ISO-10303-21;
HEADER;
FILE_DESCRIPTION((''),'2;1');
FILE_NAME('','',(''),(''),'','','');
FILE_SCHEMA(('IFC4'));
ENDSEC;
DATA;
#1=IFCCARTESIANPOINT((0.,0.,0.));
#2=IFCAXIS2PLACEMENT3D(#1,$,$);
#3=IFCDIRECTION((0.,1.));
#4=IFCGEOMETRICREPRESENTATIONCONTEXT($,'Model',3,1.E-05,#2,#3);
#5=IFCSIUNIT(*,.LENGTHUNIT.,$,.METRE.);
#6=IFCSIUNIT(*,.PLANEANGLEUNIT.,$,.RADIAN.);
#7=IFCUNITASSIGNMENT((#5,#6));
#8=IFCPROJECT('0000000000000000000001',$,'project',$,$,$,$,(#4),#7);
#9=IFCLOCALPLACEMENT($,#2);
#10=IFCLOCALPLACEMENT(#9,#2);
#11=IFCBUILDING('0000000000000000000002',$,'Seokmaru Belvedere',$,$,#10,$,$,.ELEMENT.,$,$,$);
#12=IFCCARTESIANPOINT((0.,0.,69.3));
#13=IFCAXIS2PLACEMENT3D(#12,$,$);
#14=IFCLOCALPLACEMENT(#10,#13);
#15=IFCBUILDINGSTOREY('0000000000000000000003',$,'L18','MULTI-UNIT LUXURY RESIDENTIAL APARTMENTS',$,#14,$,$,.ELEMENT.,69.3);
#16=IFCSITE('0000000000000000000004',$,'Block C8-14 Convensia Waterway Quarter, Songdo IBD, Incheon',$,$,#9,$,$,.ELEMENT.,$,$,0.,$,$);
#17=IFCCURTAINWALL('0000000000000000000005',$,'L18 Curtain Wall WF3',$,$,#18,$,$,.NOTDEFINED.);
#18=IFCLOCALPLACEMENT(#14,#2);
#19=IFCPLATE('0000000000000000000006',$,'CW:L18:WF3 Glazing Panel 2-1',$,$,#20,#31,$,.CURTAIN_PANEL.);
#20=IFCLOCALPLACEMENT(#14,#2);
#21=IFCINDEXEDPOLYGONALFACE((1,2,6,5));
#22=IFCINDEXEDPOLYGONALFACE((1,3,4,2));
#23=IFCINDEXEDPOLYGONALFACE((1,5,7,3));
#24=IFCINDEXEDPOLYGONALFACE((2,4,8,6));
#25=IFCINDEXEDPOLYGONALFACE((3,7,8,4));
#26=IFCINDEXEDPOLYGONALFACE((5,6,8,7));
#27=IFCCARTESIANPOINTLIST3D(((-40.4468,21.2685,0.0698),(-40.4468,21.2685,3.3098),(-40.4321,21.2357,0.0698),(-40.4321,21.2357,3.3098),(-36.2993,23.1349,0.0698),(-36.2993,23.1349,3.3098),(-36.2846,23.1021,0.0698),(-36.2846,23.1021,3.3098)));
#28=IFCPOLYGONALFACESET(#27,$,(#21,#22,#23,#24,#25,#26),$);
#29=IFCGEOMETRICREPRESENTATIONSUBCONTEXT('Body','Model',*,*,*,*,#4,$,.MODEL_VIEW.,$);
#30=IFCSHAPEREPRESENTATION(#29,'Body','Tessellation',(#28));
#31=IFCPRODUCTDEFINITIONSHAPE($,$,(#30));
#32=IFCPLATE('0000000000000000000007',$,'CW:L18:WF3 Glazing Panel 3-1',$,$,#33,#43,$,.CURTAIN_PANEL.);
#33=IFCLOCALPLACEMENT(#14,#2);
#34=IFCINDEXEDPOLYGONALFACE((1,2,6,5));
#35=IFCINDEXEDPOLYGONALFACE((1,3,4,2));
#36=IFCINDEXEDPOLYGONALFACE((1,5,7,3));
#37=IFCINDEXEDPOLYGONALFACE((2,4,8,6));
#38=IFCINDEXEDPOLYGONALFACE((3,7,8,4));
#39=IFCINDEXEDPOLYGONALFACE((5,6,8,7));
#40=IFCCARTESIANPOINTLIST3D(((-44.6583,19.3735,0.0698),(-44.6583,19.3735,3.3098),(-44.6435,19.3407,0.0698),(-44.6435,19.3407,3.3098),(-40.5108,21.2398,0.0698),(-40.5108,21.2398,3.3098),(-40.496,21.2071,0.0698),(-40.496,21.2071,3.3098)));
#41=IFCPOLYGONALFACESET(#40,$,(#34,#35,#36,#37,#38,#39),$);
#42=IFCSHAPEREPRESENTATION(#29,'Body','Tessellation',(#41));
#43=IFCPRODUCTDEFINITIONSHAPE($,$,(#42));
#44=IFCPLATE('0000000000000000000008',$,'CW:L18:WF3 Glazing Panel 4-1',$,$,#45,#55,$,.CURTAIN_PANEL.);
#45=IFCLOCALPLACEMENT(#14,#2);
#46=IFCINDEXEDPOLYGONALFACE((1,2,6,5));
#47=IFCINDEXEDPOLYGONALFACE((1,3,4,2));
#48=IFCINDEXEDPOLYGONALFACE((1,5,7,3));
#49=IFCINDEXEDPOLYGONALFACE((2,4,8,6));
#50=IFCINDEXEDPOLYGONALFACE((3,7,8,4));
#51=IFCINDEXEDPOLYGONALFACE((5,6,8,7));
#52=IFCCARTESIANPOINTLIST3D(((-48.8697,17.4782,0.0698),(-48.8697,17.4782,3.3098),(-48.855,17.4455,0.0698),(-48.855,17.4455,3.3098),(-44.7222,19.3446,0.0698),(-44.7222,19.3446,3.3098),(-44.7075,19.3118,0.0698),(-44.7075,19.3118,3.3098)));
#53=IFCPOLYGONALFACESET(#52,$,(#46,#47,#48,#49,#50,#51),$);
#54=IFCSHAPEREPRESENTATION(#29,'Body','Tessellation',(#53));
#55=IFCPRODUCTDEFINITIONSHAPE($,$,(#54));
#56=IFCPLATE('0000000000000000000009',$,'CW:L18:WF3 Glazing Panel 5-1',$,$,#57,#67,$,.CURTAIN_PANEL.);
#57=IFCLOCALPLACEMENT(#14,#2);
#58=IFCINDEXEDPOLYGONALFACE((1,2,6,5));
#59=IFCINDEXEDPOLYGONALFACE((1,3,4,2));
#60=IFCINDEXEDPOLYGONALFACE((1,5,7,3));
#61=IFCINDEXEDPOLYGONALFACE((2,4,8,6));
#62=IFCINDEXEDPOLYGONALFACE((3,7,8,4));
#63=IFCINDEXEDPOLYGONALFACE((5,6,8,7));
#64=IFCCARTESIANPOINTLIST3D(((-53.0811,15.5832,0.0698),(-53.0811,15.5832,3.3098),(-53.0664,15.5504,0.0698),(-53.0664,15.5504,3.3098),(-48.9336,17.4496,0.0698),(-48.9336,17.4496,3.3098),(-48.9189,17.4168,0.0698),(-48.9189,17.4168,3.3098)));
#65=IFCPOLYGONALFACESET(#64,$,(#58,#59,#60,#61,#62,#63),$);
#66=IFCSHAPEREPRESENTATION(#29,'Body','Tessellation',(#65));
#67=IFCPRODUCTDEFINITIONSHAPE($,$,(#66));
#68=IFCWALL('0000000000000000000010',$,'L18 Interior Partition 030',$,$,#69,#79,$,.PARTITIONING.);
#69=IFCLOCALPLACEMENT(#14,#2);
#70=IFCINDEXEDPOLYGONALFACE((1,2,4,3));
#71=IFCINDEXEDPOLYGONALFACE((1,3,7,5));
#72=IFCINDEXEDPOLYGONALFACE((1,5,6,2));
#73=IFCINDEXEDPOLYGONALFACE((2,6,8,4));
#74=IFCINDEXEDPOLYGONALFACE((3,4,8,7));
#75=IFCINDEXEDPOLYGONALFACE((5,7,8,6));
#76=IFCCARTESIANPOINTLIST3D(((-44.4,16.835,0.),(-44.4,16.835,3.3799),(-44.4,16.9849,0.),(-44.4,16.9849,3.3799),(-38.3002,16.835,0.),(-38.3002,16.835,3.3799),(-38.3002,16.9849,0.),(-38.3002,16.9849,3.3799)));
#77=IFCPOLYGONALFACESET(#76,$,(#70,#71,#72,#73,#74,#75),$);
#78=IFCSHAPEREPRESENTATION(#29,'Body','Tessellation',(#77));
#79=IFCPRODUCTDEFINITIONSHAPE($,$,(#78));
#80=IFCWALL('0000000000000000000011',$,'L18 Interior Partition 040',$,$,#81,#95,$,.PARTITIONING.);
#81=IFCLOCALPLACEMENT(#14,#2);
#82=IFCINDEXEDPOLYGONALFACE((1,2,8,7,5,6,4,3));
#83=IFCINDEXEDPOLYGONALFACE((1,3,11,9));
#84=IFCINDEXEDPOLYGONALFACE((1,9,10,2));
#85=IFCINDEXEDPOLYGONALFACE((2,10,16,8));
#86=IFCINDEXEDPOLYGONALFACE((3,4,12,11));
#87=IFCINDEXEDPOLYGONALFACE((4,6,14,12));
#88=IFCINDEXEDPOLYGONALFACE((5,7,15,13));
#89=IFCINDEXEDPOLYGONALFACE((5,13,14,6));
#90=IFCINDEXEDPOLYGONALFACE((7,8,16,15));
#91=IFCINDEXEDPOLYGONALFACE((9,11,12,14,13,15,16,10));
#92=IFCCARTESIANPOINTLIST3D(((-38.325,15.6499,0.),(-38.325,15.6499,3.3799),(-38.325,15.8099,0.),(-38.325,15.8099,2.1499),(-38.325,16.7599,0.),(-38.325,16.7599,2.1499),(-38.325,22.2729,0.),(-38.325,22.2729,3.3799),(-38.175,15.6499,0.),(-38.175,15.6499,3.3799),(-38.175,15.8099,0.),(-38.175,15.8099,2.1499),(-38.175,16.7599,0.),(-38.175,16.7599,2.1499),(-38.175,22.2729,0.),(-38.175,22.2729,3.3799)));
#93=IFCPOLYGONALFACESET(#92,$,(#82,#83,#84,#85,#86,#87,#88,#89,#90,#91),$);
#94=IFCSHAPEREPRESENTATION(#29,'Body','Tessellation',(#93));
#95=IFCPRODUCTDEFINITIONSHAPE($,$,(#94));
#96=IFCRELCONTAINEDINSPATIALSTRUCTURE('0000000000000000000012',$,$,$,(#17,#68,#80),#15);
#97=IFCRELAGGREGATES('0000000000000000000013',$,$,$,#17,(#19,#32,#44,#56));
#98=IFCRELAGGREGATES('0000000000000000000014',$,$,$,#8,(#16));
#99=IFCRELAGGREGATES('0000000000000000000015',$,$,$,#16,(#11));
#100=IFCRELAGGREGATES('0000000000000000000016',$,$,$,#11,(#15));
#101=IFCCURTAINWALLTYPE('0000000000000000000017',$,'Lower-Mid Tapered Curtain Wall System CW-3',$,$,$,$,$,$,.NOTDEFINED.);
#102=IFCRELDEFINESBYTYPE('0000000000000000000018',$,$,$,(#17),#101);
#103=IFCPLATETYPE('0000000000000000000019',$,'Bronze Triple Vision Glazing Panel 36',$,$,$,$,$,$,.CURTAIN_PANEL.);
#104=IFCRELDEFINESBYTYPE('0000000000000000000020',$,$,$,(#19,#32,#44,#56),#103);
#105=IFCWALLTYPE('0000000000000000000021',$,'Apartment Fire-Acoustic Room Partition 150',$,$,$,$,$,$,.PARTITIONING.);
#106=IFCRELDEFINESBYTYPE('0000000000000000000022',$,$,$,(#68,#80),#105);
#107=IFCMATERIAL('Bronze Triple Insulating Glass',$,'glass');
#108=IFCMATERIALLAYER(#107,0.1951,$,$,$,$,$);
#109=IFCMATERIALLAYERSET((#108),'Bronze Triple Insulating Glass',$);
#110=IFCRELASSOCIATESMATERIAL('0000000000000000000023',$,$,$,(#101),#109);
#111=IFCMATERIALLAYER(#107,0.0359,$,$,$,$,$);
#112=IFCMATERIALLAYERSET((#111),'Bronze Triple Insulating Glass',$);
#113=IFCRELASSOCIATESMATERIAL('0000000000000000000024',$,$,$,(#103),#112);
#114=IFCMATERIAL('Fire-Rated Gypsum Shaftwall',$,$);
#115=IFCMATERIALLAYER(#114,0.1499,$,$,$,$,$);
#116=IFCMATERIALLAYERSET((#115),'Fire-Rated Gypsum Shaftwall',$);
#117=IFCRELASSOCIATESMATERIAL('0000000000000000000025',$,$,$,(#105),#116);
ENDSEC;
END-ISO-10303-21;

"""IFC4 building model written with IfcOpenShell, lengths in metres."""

from ifc_helpers import new_model, si_unit, direction, frame, frame_2d, origin, origin_2d, place, context, subcontext, project, spatial, rectangle, extrude, source, transform, mapped, material, layer, layer_set, type_object, type_shapes, element, aggregate, save


model = new_model("IFC4")

# Units and contexts
model_context = context("Model", 3, precision=1e-05, world=origin(), true_north=direction((0.0, 1.0)))
body_context = subcontext(model_context, "Body", "Model", "MODEL_VIEW")
ifc_project = project(units=[si_unit("LENGTHUNIT", "METRE"), si_unit("PLANEANGLEUNIT", "RADIAN")], contexts=[model_context])

# Site, building, storey
site_placement = place(None, origin())
site = spatial("IfcSite", under=ifc_project, at=site_placement, Name="Block C8-14 Convensia Waterway Quarter, Songdo IBD, Incheon", CompositionType="ELEMENT", RefElevation=0.0)
building_placement = place(site_placement, origin())
building = spatial("IfcBuilding", under=site, at=building_placement, Name="Seokmaru Belvedere", CompositionType="ELEMENT")
storey_placement = place(building_placement, frame((0.0, 0.0, 69.3)))
storey = spatial("IfcBuildingStorey", under=building, at=storey_placement, Name="L18", Description="MULTI-UNIT LUXURY RESIDENTIAL APARTMENTS", CompositionType="ELEMENT", Elevation=69.3)

# Curtain wall, plates
ifc_material_1 = material(Name="Bronze Triple Insulating Glass", Category="glass")
ifc_layer_1 = layer(ifc_material_1, 0.1951)
ifc_layer_set_1 = layer_set([ifc_layer_1], Name="Bronze Triple Insulating Glass")
curtain_wall_type = type_object("IfcCurtainWallType", Name="Lower-Mid Tapered Curtain Wall System CW-3", PredefinedType="NOTDEFINED", material=ifc_layer_set_1)
curtain_wall_placement = place(storey_placement, origin())
curtain_wall = element("IfcCurtainWall", 1, at=curtain_wall_placement, inside=storey, type_object=curtain_wall_type, Name="L18 Curtain Wall WF3", PredefinedType="NOTDEFINED")
ifc_layer_2 = layer(ifc_material_1, 0.0359)
ifc_layer_set_2 = layer_set([ifc_layer_2], Name="Bronze Triple Insulating Glass")
plate_type = type_object("IfcPlateType", Name="Bronze Triple Vision Glazing Panel 36", PredefinedType="CURTAIN_PANEL", material=ifc_layer_set_2)
shared_shape_1 = source(origin(), body_context, "Body", "SweptSolid", [
    extrude(rectangle(XDim=4.5481, YDim=0.0359, at=origin_2d()), origin(), (0.0, 0.0, 1.0), 3.24),
])
type_shapes(plate_type, [shared_shape_1])
plate_1_placement = place(storey_placement, frame((-38.3657, 22.1853, 0.0698), z_axis=(0.0, 0.0, 1.0), x_axis=(-0.911921, -0.410366, 0.0)))
plate_1 = element("IfcPlate", 2, at=plate_1_placement, type_object=plate_type, Name="CW:L18:WF3 Glazing Panel 2-1", PredefinedType="CURTAIN_PANEL", context=body_context, shape_type="MappedRepresentation", body=[
    mapped(shared_shape_1, transform((0.0, 0.0, 0.0), scale=1.0)),
])
plate_2_placement = place(storey_placement, frame((-42.5771, 20.2903, 0.0698), z_axis=(0.0, 0.0, 1.0), x_axis=(-0.911921, -0.410366, 0.0)))
plate_2 = element("IfcPlate", 3, at=plate_2_placement, type_object=plate_type, Name="CW:L18:WF3 Glazing Panel 3-1", PredefinedType="CURTAIN_PANEL", context=body_context, shape_type="MappedRepresentation", body=[
    mapped(shared_shape_1, transform((0.0, 0.0, 0.0), scale=1.0)),
])
plate_3_placement = place(storey_placement, frame((-46.7886, 18.395, 0.0698), z_axis=(0.0, 0.0, 1.0), x_axis=(-0.911921, -0.410366, 0.0)))
plate_3 = element("IfcPlate", 4, at=plate_3_placement, type_object=plate_type, Name="CW:L18:WF3 Glazing Panel 4-1", PredefinedType="CURTAIN_PANEL", context=body_context, shape_type="MappedRepresentation", body=[
    mapped(shared_shape_1, transform((0.0, 0.0, 0.0), scale=1.0)),
])
plate_4_placement = place(storey_placement, frame((-51.0, 16.5, 0.0698), z_axis=(0.0, 0.0, 1.0), x_axis=(-0.911921, -0.410366, 0.0)))
plate_4 = element("IfcPlate", 5, at=plate_4_placement, type_object=plate_type, Name="CW:L18:WF3 Glazing Panel 5-1", PredefinedType="CURTAIN_PANEL", context=body_context, shape_type="MappedRepresentation", body=[
    mapped(shared_shape_1, transform((0.0, 0.0, 0.0), scale=1.0)),
])
aggregate(curtain_wall, [plate_1, plate_2, plate_3, plate_4])

# Wall
ifc_material_2 = material(Name="Fire-Rated Gypsum Shaftwall")
ifc_layer_3 = layer(ifc_material_2, 0.1499)
ifc_layer_set_3 = layer_set([ifc_layer_3], Name="Fire-Rated Gypsum Shaftwall")
wall_type = type_object("IfcWallType", Name="Apartment Fire-Acoustic Room Partition 150", PredefinedType="PARTITIONING", material=ifc_layer_set_3)
wall_1_placement = place(storey_placement, frame((-44.3999, 16.9099, 0.0), z_axis=(0.0, 0.0, 1.0), x_axis=(1.0, 0.0, 0.0)))
element("IfcWall", 6, at=wall_1_placement, inside=storey, type_object=wall_type, Name="L18 Interior Partition 030", PredefinedType="PARTITIONING", context=body_context, shape_type="SweptSolid", body=[
    extrude(rectangle(XDim=6.0999, YDim=0.1499, at=frame_2d((3.0498, 0.0))), origin(), (0.0, 0.0, 1.0), 3.3799),
])

# Wall, opening
wall_2_placement = place(storey_placement, frame((-38.25, 15.6499, 0.0), z_axis=(0.0, 0.0, 1.0), x_axis=(0.0, 1.0, 0.0)))
wall_2 = element("IfcWall", 7, at=wall_2_placement, inside=storey, type_object=wall_type, Name="L18 Interior Partition 040", PredefinedType="PARTITIONING", context=body_context, shape_type="SweptSolid", body=[
    extrude(rectangle(XDim=6.623, YDim=0.1499, at=frame_2d((3.3115, 0.0))), origin(), (0.0, 0.0, 1.0), 3.3799),
])
opening_placement = place(wall_2_placement, frame((0.1599, 0.0, 0.0)))
element("IfcOpeningElement", 8, at=opening_placement, cuts=wall_2, PredefinedType="OPENING", context=body_context, shape_type="SweptSolid", body=[
    extrude(rectangle(XDim=0.95, YDim=2.1499, at=frame_2d((0.4751, 1.075))), frame((0.0, 0.085, 0.0), z_axis=(0.0, -1.0, 0.0), x_axis=(1.0, 0.0, 0.0)), (0.0, 0.0, 1.0), 0.1699),
])

save(model, "model.ifc")
